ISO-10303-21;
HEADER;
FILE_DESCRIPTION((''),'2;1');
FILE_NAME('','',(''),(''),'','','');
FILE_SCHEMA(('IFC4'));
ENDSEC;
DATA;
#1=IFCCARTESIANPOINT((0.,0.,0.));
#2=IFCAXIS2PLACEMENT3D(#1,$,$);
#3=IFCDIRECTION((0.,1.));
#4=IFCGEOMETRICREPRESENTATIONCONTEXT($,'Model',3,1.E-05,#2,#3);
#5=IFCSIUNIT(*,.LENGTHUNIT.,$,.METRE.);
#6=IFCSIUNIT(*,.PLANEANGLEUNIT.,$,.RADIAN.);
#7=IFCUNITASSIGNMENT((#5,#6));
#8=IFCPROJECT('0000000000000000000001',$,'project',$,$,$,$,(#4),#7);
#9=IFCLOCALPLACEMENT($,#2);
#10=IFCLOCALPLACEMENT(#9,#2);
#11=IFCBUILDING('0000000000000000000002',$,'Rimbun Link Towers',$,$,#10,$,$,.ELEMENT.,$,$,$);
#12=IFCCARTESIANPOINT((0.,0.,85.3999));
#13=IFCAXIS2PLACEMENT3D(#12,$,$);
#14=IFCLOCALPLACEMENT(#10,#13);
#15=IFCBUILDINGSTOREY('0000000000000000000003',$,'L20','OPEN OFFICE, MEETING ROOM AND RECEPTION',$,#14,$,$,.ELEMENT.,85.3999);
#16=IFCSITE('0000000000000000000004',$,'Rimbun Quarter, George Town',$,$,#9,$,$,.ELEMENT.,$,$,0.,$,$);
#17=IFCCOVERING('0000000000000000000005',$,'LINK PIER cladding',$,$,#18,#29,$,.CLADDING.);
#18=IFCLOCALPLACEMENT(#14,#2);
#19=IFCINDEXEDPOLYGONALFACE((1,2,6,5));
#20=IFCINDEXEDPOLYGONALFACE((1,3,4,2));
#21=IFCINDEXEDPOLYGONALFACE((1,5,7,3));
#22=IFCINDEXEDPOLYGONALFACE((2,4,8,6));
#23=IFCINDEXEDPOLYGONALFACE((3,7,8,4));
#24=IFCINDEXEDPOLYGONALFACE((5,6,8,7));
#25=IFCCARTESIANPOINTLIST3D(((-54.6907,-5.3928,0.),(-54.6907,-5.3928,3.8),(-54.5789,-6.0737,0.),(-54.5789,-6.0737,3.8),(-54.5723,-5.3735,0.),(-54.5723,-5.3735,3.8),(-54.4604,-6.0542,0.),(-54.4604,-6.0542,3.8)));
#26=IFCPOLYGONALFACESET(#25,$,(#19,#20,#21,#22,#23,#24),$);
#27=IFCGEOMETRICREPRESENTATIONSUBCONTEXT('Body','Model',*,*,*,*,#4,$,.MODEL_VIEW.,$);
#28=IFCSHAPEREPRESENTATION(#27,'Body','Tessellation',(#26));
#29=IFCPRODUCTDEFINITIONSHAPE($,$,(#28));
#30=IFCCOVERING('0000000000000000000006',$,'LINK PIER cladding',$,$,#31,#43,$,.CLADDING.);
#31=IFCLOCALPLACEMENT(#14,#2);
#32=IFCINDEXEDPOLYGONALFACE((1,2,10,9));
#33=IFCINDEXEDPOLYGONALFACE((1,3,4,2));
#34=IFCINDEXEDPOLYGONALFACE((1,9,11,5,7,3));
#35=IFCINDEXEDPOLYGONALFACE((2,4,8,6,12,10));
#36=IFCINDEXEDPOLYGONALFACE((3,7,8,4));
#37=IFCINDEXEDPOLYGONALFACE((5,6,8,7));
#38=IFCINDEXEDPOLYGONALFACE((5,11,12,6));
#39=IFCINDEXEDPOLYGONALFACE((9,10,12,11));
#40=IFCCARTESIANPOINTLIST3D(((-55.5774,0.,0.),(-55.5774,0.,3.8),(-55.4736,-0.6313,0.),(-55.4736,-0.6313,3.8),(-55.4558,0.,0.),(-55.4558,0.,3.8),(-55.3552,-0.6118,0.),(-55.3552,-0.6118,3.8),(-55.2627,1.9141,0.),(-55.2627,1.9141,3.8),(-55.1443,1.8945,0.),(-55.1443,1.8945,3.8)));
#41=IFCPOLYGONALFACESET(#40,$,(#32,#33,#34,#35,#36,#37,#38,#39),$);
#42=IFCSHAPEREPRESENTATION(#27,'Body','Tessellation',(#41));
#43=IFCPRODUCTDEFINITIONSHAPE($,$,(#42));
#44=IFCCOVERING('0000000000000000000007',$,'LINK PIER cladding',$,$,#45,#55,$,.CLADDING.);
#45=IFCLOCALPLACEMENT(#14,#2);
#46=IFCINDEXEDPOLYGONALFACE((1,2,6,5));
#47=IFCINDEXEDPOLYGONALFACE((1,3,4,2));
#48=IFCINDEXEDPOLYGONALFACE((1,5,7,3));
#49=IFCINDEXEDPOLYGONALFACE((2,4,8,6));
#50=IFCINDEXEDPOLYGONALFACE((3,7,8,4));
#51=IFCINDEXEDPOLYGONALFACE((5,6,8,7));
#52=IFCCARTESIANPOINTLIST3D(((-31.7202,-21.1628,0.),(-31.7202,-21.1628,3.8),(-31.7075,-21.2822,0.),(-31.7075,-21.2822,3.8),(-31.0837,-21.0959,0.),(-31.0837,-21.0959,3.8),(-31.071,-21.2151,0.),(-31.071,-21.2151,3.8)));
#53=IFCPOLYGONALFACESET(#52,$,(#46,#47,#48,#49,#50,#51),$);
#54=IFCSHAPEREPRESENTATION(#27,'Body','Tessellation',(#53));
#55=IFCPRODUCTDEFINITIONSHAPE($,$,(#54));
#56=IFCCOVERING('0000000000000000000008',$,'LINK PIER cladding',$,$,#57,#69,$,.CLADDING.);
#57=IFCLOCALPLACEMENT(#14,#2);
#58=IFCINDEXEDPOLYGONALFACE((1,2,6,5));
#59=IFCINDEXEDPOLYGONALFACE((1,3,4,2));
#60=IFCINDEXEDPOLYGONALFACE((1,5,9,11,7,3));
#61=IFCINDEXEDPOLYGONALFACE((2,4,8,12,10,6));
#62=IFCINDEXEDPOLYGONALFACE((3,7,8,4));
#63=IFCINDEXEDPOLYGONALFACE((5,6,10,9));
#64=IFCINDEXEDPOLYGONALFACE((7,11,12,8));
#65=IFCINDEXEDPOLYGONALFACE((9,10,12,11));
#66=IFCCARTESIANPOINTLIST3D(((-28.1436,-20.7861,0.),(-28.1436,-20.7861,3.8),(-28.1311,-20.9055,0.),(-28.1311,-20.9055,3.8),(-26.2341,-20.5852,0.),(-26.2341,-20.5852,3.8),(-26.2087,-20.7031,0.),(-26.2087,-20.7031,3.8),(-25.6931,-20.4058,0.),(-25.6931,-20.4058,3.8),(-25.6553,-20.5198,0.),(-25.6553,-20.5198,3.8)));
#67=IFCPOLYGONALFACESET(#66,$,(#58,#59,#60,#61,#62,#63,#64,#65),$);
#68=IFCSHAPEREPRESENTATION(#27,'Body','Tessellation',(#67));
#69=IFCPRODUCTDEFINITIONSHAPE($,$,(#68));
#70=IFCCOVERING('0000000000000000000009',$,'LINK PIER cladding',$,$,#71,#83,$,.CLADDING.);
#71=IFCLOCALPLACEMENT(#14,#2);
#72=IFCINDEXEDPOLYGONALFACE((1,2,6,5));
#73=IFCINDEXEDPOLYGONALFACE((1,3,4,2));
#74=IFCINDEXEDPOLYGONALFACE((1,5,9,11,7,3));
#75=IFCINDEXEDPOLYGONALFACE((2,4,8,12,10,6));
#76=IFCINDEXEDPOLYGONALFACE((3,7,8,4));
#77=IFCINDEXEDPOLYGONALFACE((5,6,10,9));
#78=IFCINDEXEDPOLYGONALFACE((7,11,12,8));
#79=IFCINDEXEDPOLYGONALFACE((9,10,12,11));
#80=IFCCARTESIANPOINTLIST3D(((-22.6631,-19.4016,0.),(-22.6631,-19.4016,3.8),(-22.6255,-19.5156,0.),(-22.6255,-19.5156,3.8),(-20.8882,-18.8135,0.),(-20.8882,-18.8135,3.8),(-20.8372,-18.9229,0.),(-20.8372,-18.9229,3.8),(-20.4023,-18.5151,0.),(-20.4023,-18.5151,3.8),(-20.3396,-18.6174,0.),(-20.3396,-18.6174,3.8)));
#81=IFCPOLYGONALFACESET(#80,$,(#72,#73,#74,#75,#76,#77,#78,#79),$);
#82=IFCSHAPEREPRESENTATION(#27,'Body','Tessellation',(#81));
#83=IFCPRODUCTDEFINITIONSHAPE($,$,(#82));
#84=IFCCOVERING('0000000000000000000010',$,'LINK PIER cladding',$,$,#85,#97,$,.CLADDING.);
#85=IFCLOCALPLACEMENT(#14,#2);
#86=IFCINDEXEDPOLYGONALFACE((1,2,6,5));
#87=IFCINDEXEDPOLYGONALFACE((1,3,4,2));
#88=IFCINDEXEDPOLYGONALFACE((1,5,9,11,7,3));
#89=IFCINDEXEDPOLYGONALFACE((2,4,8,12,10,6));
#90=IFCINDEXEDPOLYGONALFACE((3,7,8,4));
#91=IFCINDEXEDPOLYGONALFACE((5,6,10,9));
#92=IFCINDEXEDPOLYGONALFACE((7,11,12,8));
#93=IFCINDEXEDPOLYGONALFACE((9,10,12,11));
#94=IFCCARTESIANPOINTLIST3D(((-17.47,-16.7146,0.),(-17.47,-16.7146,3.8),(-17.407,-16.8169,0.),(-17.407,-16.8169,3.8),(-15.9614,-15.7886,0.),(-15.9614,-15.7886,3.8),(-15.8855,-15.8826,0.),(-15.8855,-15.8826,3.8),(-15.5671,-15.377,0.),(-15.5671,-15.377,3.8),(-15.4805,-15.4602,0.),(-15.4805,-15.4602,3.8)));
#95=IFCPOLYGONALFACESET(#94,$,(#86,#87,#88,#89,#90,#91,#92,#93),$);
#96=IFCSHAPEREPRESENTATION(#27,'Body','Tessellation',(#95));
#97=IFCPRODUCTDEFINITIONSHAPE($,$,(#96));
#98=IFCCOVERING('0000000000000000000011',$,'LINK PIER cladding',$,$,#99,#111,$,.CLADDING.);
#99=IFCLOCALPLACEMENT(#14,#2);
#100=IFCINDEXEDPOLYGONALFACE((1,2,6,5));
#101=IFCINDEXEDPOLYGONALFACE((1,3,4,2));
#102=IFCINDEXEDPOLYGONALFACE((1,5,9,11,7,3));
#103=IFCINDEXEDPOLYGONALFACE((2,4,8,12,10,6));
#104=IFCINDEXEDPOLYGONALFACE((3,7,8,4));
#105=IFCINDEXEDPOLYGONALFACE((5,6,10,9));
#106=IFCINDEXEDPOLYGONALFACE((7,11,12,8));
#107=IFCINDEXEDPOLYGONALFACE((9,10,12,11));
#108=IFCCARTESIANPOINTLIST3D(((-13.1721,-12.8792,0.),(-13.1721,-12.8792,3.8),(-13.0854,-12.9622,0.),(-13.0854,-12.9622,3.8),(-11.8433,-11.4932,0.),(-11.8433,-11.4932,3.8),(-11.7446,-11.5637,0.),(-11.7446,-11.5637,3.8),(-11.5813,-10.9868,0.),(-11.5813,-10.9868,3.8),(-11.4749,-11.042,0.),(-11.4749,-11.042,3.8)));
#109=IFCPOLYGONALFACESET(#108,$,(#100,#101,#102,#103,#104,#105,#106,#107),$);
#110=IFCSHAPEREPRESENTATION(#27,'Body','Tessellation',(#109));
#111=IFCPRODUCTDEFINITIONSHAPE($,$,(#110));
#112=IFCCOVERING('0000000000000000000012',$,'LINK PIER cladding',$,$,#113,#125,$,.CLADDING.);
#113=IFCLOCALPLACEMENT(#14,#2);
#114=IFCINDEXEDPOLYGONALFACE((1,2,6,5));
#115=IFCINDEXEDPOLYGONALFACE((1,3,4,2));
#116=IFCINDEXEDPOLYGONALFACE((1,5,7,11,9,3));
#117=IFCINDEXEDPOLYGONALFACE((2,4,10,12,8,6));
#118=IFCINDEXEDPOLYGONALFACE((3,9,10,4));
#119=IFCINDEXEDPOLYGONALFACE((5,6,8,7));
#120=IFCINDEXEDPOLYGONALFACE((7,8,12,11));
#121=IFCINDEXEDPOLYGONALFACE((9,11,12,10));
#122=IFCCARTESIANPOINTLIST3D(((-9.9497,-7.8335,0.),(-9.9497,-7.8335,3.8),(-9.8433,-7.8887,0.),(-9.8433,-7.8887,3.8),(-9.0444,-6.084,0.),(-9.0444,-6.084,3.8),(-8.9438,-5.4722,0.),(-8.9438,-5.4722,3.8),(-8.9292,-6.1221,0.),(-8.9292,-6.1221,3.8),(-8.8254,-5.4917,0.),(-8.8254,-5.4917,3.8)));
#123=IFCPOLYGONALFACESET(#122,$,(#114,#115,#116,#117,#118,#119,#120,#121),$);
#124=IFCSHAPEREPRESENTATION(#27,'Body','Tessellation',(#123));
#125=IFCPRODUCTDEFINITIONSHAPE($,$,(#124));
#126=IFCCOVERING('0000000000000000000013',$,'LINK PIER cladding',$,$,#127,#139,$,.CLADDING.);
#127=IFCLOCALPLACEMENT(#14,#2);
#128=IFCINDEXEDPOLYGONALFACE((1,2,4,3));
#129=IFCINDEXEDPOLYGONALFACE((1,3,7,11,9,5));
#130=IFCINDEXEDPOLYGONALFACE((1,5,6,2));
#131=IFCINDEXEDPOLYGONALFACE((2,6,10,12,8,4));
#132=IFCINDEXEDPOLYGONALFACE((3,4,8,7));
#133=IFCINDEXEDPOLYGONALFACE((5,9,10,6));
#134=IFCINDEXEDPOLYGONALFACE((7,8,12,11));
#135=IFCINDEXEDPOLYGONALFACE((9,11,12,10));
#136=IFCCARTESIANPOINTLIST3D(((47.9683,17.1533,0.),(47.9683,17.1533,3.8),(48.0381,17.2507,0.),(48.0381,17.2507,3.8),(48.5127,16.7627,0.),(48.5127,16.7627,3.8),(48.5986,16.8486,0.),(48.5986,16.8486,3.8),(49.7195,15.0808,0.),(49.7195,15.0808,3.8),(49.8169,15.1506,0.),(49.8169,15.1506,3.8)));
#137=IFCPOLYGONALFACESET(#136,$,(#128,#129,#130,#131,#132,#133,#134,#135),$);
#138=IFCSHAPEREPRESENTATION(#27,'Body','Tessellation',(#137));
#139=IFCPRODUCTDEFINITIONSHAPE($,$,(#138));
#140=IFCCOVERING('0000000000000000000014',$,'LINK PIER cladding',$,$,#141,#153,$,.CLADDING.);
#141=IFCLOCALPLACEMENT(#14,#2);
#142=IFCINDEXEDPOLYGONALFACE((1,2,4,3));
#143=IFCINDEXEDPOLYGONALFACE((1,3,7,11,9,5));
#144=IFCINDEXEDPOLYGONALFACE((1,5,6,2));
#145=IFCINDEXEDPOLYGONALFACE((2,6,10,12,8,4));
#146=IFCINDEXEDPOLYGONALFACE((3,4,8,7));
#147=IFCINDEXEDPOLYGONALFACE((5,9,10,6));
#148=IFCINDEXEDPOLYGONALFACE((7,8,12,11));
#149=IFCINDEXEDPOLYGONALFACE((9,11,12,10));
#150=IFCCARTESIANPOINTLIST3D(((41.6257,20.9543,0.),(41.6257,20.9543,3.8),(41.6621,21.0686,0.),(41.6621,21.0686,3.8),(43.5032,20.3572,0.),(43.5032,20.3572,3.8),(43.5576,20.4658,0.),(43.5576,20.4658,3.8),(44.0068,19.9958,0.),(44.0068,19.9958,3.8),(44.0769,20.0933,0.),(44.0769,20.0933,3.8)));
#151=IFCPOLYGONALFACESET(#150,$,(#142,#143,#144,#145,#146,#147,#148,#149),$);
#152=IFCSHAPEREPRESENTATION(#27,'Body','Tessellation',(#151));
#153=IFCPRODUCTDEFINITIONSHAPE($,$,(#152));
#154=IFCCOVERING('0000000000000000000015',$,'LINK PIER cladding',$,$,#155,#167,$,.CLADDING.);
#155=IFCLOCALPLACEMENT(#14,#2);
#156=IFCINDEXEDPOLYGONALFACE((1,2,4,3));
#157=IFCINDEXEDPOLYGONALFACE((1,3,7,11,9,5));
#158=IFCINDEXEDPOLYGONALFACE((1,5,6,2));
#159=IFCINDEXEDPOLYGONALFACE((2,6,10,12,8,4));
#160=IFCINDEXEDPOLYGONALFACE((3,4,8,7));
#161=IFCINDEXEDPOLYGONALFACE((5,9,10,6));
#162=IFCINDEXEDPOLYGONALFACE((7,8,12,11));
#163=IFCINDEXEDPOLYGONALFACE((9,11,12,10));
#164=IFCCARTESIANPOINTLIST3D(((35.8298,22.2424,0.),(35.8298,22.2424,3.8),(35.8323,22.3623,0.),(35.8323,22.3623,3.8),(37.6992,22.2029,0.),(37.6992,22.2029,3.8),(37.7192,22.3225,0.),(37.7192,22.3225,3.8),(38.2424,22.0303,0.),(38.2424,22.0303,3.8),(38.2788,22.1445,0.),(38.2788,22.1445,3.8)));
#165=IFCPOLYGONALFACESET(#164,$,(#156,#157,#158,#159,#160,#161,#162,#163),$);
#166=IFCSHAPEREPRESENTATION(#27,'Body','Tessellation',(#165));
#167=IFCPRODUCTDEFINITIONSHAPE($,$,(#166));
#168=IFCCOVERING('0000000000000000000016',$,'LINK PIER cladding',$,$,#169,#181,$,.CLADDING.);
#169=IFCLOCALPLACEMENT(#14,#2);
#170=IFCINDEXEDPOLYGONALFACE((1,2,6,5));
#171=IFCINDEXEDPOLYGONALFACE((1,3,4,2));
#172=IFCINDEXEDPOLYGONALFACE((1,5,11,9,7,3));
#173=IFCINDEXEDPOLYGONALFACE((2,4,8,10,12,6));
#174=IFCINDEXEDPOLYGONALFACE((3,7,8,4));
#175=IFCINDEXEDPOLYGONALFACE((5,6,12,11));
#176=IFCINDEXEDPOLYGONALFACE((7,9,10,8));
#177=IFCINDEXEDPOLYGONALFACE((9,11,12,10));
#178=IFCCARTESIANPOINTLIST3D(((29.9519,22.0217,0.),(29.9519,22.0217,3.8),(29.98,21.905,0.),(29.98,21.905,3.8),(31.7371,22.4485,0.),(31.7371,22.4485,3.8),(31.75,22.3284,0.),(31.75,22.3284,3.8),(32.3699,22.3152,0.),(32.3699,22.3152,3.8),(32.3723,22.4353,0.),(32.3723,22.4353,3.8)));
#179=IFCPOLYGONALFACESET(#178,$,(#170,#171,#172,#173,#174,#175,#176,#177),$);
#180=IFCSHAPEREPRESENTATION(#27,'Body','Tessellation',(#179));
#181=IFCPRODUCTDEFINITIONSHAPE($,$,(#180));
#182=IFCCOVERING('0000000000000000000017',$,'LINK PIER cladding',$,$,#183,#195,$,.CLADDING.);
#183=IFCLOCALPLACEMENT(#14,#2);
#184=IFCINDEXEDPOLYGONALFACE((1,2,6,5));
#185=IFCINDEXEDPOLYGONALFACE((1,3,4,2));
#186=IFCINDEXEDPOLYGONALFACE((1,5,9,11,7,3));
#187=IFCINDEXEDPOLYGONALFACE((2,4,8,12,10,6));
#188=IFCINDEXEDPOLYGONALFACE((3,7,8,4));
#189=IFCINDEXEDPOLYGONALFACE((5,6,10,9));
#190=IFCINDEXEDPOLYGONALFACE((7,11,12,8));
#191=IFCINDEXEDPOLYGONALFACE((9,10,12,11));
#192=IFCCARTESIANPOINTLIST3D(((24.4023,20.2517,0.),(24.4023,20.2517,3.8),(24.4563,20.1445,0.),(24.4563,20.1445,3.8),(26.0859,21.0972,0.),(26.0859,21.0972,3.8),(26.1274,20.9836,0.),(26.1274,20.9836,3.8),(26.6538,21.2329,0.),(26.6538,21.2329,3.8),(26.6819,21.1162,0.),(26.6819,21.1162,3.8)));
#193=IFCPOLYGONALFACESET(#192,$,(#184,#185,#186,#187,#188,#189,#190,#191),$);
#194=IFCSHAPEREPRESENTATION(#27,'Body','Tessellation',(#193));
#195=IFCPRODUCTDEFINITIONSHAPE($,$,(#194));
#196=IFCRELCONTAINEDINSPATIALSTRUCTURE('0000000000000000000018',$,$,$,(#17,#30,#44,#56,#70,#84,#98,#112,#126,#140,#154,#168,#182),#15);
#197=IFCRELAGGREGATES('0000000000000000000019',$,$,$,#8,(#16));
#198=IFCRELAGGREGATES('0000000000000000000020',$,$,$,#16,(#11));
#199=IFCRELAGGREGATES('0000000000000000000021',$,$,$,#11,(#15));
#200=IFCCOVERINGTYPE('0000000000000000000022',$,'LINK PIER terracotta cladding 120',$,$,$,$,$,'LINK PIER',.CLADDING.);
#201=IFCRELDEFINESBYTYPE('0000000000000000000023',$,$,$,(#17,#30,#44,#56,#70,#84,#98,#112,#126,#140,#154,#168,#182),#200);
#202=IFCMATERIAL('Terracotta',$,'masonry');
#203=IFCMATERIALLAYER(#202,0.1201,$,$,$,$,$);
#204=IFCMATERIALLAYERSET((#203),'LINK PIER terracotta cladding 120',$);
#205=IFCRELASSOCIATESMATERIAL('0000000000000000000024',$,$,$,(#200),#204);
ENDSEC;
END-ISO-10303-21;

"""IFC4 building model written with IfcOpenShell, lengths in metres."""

from ifc_helpers import new_model, si_unit, direction, frame, origin, place, context, subcontext, project, spatial, polyline, outline, extrude, material, layer, layer_set, type_object, element, save


model = new_model("IFC4")

# Units and contexts
model_context = context("Model", 3, precision=1e-05, world=origin(), true_north=direction((0.0, 1.0)))
body_context = subcontext(model_context, "Body", "Model", "MODEL_VIEW")
ifc_project = project(units=[si_unit("LENGTHUNIT", "METRE"), si_unit("PLANEANGLEUNIT", "RADIAN")], contexts=[model_context])

# Site, building, storey
site_placement = place(None, origin())
site = spatial("IfcSite", under=ifc_project, at=site_placement, Name="Rimbun Quarter, George Town", CompositionType="ELEMENT", RefElevation=0.0)
building_placement = place(site_placement, origin())
building = spatial("IfcBuilding", under=site, at=building_placement, Name="Rimbun Link Towers", CompositionType="ELEMENT")
storey_placement = place(building_placement, frame((0.0, 0.0, 85.3999)))
storey = spatial("IfcBuildingStorey", under=building, at=storey_placement, Name="L20", Description="OPEN OFFICE, MEETING ROOM AND RECEPTION", CompositionType="ELEMENT", Elevation=85.3999)

# Coverings
ifc_material_1 = material(Name="Terracotta", Category="masonry")
ifc_layer_1 = layer(ifc_material_1, 0.1201)
ifc_layer_set_1 = layer_set([ifc_layer_1], Name="LINK PIER terracotta cladding 120")
covering_type_1 = type_object("IfcCoveringType", Name="LINK PIER terracotta cladding 120", ElementType="LINK PIER", PredefinedType="CLADDING", material=ifc_layer_set_1)
covering_1_placement = place(storey_placement, origin())
element("IfcCovering", 1, at=covering_1_placement, inside=storey, type_object=covering_type_1, Name="LINK PIER cladding", PredefinedType="CLADDING", context=body_context, shape_type="SweptSolid", body=[
    extrude(outline(polyline([(-54.4604, -6.0542), (-54.5723, -5.3735), (-54.6907, -5.3928), (-54.5789, -6.0737), (-54.4604, -6.0542)])), origin(), (0.0, 0.0, 1.0), 3.8),
])
covering_2_placement = place(storey_placement, origin())
element("IfcCovering", 2, at=covering_2_placement, inside=storey, type_object=covering_type_1, Name="LINK PIER cladding", PredefinedType="CLADDING", context=body_context, shape_type="SweptSolid", body=[
    extrude(outline(polyline([(-55.3552, -0.6118), (-55.4558, 0.0), (-55.1443, 1.8945), (-55.2627, 1.9141), (-55.5774, 0.0), (-55.4736, -0.6313), (-55.3552, -0.6118)])), origin(), (0.0, 0.0, 1.0), 3.8),
])
covering_3_placement = place(storey_placement, origin())
element("IfcCovering", 3, at=covering_3_placement, inside=storey, type_object=covering_type_1, Name="LINK PIER cladding", PredefinedType="CLADDING", context=body_context, shape_type="SweptSolid", body=[
    extrude(outline(polyline([(-31.0837, -21.0959), (-31.7202, -21.1628), (-31.7075, -21.2822), (-31.071, -21.2151), (-31.0837, -21.0959)])), origin(), (0.0, 0.0, 1.0), 3.8),
])
covering_4_placement = place(storey_placement, origin())
element("IfcCovering", 4, at=covering_4_placement, inside=storey, type_object=covering_type_1, Name="LINK PIER cladding", PredefinedType="CLADDING", context=body_context, shape_type="SweptSolid", body=[
    extrude(outline(polyline([(-25.6931, -20.4058), (-26.2341, -20.5852), (-28.1436, -20.7861), (-28.1311, -20.9055), (-26.2087, -20.7031), (-25.6553, -20.5198), (-25.6931, -20.4058)])), origin(), (0.0, 0.0, 1.0), 3.8),
])
covering_5_placement = place(storey_placement, origin())
element("IfcCovering", 5, at=covering_5_placement, inside=storey, type_object=covering_type_1, Name="LINK PIER cladding", PredefinedType="CLADDING", context=body_context, shape_type="SweptSolid", body=[
    extrude(outline(polyline([(-20.4023, -18.5151), (-20.8882, -18.8135), (-22.6631, -19.4016), (-22.6255, -19.5156), (-20.8372, -18.9229), (-20.3396, -18.6174), (-20.4023, -18.5151)])), origin(), (0.0, 0.0, 1.0), 3.8),
])
covering_6_placement = place(storey_placement, origin())
element("IfcCovering", 6, at=covering_6_placement, inside=storey, type_object=covering_type_1, Name="LINK PIER cladding", PredefinedType="CLADDING", context=body_context, shape_type="SweptSolid", body=[
    extrude(outline(polyline([(-15.5671, -15.377), (-15.9614, -15.7886), (-17.47, -16.7146), (-17.407, -16.8169), (-15.8855, -15.8826), (-15.4805, -15.4602), (-15.5671, -15.377)])), origin(), (0.0, 0.0, 1.0), 3.8),
])
covering_7_placement = place(storey_placement, origin())
element("IfcCovering", 7, at=covering_7_placement, inside=storey, type_object=covering_type_1, Name="LINK PIER cladding", PredefinedType="CLADDING", context=body_context, shape_type="SweptSolid", body=[
    extrude(outline(polyline([(-11.5813, -10.9868), (-11.8433, -11.4932), (-13.1721, -12.8792), (-13.0854, -12.9622), (-11.7446, -11.5637), (-11.4749, -11.042), (-11.5813, -10.9868)])), origin(), (0.0, 0.0, 1.0), 3.8),
])
covering_8_placement = place(storey_placement, origin())
element("IfcCovering", 8, at=covering_8_placement, inside=storey, type_object=covering_type_1, Name="LINK PIER cladding", PredefinedType="CLADDING", context=body_context, shape_type="SweptSolid", body=[
    extrude(outline(polyline([(-8.9438, -5.4722), (-9.0444, -6.084), (-9.9497, -7.8335), (-9.8433, -7.8887), (-8.9292, -6.1221), (-8.8254, -5.4917), (-8.9438, -5.4722)])), origin(), (0.0, 0.0, 1.0), 3.8),
])
covering_9_placement = place(storey_placement, origin())
element("IfcCovering", 9, at=covering_9_placement, inside=storey, type_object=covering_type_1, Name="LINK PIER cladding", PredefinedType="CLADDING", context=body_context, shape_type="SweptSolid", body=[
    extrude(outline(polyline([(47.9683, 17.1533), (48.5127, 16.7627), (49.7195, 15.0808), (49.8169, 15.1506), (48.5986, 16.8486), (48.0381, 17.2507), (47.9683, 17.1533)])), origin(), (0.0, 0.0, 1.0), 3.8),
])
covering_10_placement = place(storey_placement, origin())
element("IfcCovering", 10, at=covering_10_placement, inside=storey, type_object=covering_type_1, Name="LINK PIER cladding", PredefinedType="CLADDING", context=body_context, shape_type="SweptSolid", body=[
    extrude(outline(polyline([(41.6257, 20.9543), (43.5032, 20.3572), (44.0068, 19.9958), (44.0769, 20.0933), (43.5576, 20.4658), (41.6621, 21.0686), (41.6257, 20.9543)])), origin(), (0.0, 0.0, 1.0), 3.8),
])
covering_11_placement = place(storey_placement, origin())
element("IfcCovering", 11, at=covering_11_placement, inside=storey, type_object=covering_type_1, Name="LINK PIER cladding", PredefinedType="CLADDING", context=body_context, shape_type="SweptSolid", body=[
    extrude(outline(polyline([(35.8298, 22.2424), (37.6992, 22.2029), (38.2424, 22.0303), (38.2788, 22.1445), (37.7192, 22.3225), (35.8323, 22.3623), (35.8298, 22.2424)])), origin(), (0.0, 0.0, 1.0), 3.8),
])
covering_12_placement = place(storey_placement, origin())
element("IfcCovering", 12, at=covering_12_placement, inside=storey, type_object=covering_type_1, Name="LINK PIER cladding", PredefinedType="CLADDING", context=body_context, shape_type="SweptSolid", body=[
    extrude(outline(polyline([(29.98, 21.905), (31.75, 22.3284), (32.3699, 22.3152), (32.3723, 22.4353), (31.7371, 22.4485), (29.9519, 22.0217), (29.98, 21.905)])), origin(), (0.0, 0.0, 1.0), 3.8),
])
covering_13_placement = place(storey_placement, origin())
element("IfcCovering", 13, at=covering_13_placement, inside=storey, type_object=covering_type_1, Name="LINK PIER cladding", PredefinedType="CLADDING", context=body_context, shape_type="SweptSolid", body=[
    extrude(outline(polyline([(24.4563, 20.1445), (26.1274, 20.9836), (26.6819, 21.1162), (26.6538, 21.2329), (26.0859, 21.0972), (24.4023, 20.2517), (24.4563, 20.1445)])), origin(), (0.0, 0.0, 1.0), 3.8),
])

save(model, "model.ifc")
